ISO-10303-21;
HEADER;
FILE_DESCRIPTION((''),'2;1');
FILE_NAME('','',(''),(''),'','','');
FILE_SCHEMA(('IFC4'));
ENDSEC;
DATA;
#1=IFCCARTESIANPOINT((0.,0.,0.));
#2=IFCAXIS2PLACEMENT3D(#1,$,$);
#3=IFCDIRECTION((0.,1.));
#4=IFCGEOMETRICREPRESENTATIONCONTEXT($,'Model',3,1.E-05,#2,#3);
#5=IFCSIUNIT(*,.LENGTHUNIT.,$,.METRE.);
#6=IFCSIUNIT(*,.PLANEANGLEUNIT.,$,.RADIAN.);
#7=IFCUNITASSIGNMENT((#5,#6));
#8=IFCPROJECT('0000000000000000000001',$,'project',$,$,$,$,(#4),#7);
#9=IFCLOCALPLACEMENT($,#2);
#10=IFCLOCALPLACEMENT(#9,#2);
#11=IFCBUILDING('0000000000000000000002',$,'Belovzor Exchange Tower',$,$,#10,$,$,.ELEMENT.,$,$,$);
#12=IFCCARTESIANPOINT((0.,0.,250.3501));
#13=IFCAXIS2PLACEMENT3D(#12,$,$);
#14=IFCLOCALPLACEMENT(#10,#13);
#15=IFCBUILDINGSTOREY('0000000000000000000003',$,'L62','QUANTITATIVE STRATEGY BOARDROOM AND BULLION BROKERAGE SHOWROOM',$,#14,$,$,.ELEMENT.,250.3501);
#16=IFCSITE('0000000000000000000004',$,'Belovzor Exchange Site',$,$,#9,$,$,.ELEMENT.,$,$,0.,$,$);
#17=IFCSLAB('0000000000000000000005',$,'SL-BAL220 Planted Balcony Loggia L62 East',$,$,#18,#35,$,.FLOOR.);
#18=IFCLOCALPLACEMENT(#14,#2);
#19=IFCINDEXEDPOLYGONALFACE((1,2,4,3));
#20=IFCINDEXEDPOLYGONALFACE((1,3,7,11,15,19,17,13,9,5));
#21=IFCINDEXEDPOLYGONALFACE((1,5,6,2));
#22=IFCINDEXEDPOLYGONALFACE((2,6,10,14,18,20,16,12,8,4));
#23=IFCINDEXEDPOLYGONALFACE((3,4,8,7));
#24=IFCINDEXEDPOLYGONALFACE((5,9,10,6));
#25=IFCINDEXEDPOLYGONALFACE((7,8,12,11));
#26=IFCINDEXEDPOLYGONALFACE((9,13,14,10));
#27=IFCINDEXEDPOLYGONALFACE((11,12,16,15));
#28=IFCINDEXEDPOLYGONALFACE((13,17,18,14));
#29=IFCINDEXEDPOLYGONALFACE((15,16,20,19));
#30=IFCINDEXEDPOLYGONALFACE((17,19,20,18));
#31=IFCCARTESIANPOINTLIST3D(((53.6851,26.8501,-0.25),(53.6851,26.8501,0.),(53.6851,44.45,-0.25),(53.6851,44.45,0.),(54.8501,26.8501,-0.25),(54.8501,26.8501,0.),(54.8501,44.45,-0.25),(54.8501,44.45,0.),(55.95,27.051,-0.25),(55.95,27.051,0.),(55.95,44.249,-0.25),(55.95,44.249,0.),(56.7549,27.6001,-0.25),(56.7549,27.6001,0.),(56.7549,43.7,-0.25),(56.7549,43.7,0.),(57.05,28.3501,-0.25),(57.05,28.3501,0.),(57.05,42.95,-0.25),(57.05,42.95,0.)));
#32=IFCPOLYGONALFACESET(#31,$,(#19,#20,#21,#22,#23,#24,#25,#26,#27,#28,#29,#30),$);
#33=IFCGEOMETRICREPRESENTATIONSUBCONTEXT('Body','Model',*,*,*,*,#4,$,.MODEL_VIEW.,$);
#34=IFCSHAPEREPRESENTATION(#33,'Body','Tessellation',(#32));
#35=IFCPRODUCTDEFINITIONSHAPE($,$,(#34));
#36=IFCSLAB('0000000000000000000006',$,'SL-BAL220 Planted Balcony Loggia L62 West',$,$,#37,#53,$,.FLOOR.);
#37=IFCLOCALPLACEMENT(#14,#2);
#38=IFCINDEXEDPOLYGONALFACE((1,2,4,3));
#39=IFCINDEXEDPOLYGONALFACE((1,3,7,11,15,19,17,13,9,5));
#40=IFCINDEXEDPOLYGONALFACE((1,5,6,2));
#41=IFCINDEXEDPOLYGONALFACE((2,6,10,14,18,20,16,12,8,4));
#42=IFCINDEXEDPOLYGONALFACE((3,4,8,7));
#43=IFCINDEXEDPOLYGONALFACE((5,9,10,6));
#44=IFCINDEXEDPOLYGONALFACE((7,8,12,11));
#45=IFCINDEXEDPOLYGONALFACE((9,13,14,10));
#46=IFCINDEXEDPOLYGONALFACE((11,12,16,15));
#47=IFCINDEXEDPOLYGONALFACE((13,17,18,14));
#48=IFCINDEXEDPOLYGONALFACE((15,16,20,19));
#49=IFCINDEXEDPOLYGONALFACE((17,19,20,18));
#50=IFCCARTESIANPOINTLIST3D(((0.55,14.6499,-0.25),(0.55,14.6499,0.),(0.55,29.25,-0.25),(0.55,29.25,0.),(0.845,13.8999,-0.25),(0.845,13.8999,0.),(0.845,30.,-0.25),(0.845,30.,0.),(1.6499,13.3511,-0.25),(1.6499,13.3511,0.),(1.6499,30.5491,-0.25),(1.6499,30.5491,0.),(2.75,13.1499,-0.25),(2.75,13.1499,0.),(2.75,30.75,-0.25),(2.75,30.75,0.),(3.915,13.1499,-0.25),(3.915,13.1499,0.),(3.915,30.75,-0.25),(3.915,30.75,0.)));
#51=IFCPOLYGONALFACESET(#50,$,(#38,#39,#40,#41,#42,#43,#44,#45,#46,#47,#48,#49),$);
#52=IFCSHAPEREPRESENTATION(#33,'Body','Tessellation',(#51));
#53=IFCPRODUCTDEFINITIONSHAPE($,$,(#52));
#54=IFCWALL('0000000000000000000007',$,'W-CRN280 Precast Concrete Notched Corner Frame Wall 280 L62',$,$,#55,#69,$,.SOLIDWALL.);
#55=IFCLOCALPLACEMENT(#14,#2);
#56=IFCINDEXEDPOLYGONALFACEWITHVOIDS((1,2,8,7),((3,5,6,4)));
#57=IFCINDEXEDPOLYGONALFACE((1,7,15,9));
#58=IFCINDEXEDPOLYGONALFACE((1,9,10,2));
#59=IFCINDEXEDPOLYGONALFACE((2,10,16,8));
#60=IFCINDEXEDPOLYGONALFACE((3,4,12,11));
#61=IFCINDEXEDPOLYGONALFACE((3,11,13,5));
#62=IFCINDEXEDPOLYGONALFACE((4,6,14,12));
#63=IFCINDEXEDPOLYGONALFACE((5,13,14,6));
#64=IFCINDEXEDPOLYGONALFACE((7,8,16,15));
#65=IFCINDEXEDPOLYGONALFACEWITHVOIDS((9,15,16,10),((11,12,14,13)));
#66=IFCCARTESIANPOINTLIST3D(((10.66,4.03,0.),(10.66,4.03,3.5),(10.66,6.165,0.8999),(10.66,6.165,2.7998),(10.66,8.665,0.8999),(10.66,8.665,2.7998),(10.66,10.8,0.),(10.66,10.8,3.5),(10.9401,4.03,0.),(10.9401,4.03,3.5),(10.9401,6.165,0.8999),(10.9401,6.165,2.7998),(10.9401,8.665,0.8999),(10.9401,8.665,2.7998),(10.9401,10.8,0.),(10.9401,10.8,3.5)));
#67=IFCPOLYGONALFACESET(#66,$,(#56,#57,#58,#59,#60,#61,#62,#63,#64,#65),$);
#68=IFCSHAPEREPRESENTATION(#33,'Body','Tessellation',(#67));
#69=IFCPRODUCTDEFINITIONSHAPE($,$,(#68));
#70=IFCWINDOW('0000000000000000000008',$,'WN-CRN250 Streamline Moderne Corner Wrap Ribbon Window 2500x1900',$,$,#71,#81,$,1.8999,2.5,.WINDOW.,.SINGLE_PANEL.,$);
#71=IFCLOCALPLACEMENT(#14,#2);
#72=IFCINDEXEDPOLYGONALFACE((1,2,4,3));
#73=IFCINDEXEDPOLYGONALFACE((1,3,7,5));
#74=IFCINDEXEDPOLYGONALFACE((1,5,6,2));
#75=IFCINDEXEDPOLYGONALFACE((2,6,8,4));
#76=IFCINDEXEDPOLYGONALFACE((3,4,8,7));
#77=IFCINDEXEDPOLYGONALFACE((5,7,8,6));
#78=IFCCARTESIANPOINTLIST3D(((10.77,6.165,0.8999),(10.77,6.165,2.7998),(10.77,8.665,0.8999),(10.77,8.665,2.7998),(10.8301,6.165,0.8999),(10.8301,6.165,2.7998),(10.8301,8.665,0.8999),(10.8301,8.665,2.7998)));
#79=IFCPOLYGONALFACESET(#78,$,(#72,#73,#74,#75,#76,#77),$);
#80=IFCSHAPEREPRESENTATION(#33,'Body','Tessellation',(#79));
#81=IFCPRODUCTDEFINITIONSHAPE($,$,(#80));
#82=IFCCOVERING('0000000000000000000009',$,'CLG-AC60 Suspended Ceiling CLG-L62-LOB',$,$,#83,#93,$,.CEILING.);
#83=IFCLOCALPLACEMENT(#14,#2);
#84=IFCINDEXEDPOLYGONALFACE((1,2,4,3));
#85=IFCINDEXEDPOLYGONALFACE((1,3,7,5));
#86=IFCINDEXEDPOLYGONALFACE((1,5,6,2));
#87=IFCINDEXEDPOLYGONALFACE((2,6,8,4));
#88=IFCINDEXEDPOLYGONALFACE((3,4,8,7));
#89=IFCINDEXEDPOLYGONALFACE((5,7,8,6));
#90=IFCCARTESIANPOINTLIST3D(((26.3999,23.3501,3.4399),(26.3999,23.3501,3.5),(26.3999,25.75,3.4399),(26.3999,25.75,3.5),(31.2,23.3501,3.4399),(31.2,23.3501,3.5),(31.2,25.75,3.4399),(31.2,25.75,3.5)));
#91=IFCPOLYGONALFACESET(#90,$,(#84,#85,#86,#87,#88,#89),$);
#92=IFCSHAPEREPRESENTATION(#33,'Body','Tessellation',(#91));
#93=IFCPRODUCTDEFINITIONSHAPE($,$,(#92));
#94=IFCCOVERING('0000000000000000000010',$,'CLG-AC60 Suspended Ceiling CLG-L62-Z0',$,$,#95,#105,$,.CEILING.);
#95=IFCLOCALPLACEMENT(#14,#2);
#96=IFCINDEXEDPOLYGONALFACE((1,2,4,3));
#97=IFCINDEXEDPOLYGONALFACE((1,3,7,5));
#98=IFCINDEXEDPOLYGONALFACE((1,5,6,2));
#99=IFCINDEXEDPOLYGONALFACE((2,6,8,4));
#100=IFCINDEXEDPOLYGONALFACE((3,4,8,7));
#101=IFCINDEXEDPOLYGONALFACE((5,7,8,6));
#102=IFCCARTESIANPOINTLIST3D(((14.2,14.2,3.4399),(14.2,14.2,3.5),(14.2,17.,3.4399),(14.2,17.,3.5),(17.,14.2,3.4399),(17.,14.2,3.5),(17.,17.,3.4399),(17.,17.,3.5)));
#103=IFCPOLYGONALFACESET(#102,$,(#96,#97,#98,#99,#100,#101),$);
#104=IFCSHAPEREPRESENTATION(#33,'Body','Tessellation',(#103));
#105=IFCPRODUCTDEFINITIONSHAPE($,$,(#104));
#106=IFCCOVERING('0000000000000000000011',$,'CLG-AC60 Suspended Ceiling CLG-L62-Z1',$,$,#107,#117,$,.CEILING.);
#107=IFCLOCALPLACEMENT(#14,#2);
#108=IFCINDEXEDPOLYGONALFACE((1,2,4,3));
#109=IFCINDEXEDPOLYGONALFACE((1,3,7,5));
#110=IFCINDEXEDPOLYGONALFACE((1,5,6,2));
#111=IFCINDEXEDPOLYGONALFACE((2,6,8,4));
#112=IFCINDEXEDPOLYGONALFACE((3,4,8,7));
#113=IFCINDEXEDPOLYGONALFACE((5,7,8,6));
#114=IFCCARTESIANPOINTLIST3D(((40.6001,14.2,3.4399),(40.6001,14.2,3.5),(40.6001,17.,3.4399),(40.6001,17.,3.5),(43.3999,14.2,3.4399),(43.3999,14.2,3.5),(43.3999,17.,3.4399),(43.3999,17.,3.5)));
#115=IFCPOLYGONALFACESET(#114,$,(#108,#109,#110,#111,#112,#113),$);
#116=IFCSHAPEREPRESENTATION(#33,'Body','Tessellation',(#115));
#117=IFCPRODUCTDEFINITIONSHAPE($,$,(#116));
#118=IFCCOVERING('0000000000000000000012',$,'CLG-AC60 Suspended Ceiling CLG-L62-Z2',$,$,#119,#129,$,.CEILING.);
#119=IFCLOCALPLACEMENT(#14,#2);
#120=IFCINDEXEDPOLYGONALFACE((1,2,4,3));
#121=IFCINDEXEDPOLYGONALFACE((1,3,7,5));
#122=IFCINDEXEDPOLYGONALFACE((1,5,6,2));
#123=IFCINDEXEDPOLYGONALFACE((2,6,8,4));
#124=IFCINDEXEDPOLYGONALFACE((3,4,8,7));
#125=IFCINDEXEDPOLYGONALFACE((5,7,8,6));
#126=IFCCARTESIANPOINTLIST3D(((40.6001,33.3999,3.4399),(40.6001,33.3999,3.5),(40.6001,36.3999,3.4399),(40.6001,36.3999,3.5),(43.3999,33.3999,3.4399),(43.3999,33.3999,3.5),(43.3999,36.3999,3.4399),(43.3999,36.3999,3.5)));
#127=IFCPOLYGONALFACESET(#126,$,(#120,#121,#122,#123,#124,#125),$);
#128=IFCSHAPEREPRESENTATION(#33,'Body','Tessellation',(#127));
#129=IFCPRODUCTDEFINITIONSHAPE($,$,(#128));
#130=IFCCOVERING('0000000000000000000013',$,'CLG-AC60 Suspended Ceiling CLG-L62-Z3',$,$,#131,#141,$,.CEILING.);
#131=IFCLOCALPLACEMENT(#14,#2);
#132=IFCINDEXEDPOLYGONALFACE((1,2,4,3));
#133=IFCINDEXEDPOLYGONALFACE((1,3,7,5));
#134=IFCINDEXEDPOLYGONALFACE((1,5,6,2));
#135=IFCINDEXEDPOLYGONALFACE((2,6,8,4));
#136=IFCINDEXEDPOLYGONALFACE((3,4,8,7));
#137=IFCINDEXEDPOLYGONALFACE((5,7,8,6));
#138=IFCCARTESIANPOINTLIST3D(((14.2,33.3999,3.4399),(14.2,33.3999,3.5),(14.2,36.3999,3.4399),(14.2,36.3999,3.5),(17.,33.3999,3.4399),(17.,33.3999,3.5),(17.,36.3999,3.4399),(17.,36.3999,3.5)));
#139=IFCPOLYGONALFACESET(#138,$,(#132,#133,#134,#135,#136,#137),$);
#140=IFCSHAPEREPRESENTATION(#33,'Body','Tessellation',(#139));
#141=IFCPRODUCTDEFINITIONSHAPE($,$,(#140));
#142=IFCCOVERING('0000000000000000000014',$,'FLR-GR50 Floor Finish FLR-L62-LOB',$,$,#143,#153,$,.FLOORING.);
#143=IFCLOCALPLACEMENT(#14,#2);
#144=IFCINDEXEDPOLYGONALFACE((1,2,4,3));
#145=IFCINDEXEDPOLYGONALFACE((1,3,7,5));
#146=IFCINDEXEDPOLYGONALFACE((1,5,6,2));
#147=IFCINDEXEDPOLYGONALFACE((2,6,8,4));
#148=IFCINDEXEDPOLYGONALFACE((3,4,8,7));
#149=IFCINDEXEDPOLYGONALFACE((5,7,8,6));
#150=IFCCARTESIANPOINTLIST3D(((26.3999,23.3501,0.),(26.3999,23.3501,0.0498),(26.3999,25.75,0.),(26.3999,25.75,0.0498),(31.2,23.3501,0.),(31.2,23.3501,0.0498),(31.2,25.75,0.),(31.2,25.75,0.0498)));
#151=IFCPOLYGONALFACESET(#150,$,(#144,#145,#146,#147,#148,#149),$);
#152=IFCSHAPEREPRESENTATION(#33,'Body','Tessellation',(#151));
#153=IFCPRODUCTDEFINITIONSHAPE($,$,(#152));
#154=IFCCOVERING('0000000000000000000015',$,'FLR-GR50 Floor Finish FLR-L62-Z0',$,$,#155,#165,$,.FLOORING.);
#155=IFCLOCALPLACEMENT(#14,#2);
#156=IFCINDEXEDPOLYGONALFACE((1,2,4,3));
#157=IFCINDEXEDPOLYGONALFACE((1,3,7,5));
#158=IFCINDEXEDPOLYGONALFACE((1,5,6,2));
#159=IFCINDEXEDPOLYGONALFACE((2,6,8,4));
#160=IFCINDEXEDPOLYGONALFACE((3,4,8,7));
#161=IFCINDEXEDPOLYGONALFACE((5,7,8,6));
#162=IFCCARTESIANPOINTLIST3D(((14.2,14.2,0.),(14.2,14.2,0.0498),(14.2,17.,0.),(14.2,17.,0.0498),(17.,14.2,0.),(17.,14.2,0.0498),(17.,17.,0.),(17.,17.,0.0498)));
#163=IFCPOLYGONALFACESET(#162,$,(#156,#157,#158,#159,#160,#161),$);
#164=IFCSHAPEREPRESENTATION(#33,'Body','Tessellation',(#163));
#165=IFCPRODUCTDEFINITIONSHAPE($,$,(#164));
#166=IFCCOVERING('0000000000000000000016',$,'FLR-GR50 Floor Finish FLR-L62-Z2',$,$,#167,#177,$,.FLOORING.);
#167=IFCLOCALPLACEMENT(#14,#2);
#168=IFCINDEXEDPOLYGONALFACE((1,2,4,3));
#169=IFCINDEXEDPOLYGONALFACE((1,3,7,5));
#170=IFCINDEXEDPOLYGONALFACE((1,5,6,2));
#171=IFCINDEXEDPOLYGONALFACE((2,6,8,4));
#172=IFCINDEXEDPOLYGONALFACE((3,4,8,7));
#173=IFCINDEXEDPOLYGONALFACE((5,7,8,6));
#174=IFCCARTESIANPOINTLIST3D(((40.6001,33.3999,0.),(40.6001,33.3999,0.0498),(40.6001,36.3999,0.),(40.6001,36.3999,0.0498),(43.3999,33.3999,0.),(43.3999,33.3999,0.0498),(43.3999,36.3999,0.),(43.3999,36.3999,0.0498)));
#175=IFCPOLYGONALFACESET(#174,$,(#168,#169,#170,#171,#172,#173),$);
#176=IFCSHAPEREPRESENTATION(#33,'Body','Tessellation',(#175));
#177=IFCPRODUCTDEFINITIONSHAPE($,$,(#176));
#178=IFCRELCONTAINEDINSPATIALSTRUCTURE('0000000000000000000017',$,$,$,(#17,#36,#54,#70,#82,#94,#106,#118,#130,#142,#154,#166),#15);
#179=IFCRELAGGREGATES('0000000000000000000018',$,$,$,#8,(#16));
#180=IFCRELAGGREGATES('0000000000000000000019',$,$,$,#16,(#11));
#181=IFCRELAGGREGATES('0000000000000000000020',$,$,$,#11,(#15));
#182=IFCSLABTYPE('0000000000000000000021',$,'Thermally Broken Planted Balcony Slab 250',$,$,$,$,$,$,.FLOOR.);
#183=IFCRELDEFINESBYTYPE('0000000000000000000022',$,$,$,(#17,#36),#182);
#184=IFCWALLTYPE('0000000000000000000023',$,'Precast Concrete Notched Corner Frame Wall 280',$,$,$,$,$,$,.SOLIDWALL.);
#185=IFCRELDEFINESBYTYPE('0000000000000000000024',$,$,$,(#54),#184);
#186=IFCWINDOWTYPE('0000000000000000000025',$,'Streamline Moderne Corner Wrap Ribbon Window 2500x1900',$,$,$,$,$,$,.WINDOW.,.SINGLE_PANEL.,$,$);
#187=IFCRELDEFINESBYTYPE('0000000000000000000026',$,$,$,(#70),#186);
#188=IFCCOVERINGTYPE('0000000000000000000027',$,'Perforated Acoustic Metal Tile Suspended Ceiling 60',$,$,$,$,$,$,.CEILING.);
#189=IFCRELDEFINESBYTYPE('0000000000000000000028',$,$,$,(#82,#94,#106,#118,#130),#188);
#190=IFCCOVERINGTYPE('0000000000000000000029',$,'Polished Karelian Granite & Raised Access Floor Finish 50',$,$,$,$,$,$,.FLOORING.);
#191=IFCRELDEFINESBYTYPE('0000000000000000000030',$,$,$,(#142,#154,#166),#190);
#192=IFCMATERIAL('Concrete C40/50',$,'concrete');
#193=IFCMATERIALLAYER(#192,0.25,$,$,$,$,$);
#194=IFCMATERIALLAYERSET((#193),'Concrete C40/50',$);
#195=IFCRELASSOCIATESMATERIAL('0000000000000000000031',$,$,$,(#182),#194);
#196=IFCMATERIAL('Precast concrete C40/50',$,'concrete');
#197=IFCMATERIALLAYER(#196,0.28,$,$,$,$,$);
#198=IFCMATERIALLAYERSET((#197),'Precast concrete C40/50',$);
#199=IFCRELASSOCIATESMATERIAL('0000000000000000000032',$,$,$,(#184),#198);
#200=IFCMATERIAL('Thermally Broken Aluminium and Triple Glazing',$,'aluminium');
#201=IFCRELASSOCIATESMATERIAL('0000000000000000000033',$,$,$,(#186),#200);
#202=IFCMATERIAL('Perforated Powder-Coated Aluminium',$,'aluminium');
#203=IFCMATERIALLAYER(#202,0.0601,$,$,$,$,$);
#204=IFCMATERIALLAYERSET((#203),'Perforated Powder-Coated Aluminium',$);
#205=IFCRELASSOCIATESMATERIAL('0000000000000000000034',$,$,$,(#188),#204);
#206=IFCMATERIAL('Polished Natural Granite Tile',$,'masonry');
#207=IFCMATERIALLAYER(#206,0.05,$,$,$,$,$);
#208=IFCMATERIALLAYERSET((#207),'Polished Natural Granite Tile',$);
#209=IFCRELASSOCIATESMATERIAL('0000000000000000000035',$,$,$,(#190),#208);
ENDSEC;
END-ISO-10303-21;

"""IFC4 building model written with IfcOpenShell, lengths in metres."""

from ifc_helpers import new_model, si_unit, direction, frame, frame_2d, origin, place, context, subcontext, project, spatial, polyline, rectangle, outline, extrude, material, layer, layer_set, type_object, element, fill, save


model = new_model("IFC4")

# Units and contexts
model_context = context("Model", 3, precision=1e-05, world=origin(), true_north=direction((0.0, 1.0)))
body_context = subcontext(model_context, "Body", "Model", "MODEL_VIEW")
ifc_project = project(units=[si_unit("LENGTHUNIT", "METRE"), si_unit("PLANEANGLEUNIT", "RADIAN")], contexts=[model_context])

# Site, building, storey
site_placement = place(None, origin())
site = spatial("IfcSite", under=ifc_project, at=site_placement, Name="Belovzor Exchange Site", CompositionType="ELEMENT", RefElevation=0.0)
building_placement = place(site_placement, origin())
building = spatial("IfcBuilding", under=site, at=building_placement, Name="Belovzor Exchange Tower", CompositionType="ELEMENT")
storey_placement = place(building_placement, frame((0.0, 0.0, 250.3501)))
storey = spatial("IfcBuildingStorey", under=building, at=storey_placement, Name="L62", Description="QUANTITATIVE STRATEGY BOARDROOM AND BULLION BROKERAGE SHOWROOM", CompositionType="ELEMENT", Elevation=250.3501)

# Slabs
ifc_material_1 = material(Name="Concrete C40/50", Category="concrete")
ifc_layer_1 = layer(ifc_material_1, 0.25)
ifc_layer_set_1 = layer_set([ifc_layer_1], Name="Concrete C40/50")
slab_type_1 = type_object("IfcSlabType", Name="Thermally Broken Planted Balcony Slab 250", PredefinedType="FLOOR", material=ifc_layer_set_1)
slab_1_placement = place(storey_placement, frame((0.0, 0.0, -0.25)))
element("IfcSlab", 1, at=slab_1_placement, inside=storey, type_object=slab_type_1, Name="SL-BAL220 Planted Balcony Loggia L62 East", PredefinedType="FLOOR", context=body_context, shape_type="SweptSolid", body=[
    extrude(outline(polyline([(53.6851, 26.8501), (54.8501, 26.8501), (55.95, 27.051), (56.7549, 27.6001), (57.05, 28.3501), (57.05, 42.95), (56.7549, 43.7), (55.95, 44.249), (54.8501, 44.45), (53.6851, 44.45), (53.6851, 26.8501)])), origin(), (0.0, 0.0, 1.0), 0.25),
])
slab_2_placement = place(storey_placement, frame((0.0, 0.0, -0.25)))
element("IfcSlab", 2, at=slab_2_placement, inside=storey, type_object=slab_type_1, Name="SL-BAL220 Planted Balcony Loggia L62 West", PredefinedType="FLOOR", context=body_context, shape_type="SweptSolid", body=[
    extrude(outline(polyline([(3.915, 30.75), (2.75, 30.75), (1.6499, 30.5491), (0.845, 30.0), (0.55, 29.25), (0.55, 14.6499), (0.845, 13.8999), (1.6499, 13.3511), (2.75, 13.1499), (3.915, 13.1499), (3.915, 30.75)])), origin(), (0.0, 0.0, 1.0), 0.25),
])

# Wall, opening, window
ifc_material_2 = material(Name="Precast concrete C40/50", Category="concrete")
ifc_layer_2 = layer(ifc_material_2, 0.28)
ifc_layer_set_2 = layer_set([ifc_layer_2], Name="Precast concrete C40/50")
wall_type = type_object("IfcWallType", Name="Precast Concrete Notched Corner Frame Wall 280", PredefinedType="SOLIDWALL", material=ifc_layer_set_2)
wall_placement = place(storey_placement, frame((10.8, 4.03, 0.0), z_axis=(0.0, 0.0, 1.0), x_axis=(0.0, 1.0, 0.0)))
wall = element("IfcWall", 3, at=wall_placement, inside=storey, type_object=wall_type, Name="W-CRN280 Precast Concrete Notched Corner Frame Wall 280 L62", PredefinedType="SOLIDWALL", context=body_context, shape_type="SweptSolid", body=[
    extrude(rectangle(XDim=6.77, YDim=0.28, at=frame_2d((3.385, 0.0))), origin(), (0.0, 0.0, 1.0), 3.5),
])
opening_placement = place(wall_placement, frame((2.135, 0.0, 0.8999)))
opening = element("IfcOpeningElement", 4, at=opening_placement, cuts=wall, PredefinedType="OPENING", context=body_context, shape_type="SweptSolid", body=[
    extrude(rectangle(XDim=2.5, YDim=1.8999, at=frame_2d((1.25, 0.95))), frame((0.0, 0.1499, 0.0), z_axis=(0.0, -1.0, 0.0), x_axis=(1.0, 0.0, 0.0)), (0.0, 0.0, 1.0), 0.3),
])
ifc_material_3 = material(Name="Thermally Broken Aluminium and Triple Glazing", Category="aluminium")
window_type = type_object("IfcWindowType", Name="Streamline Moderne Corner Wrap Ribbon Window 2500x1900", PartitioningType="SINGLE_PANEL", PredefinedType="WINDOW", material=ifc_material_3)
window_placement = place(opening_placement, origin())
window = element("IfcWindow", 5, at=window_placement, inside=storey, type_object=window_type, Name="WN-CRN250 Streamline Moderne Corner Wrap Ribbon Window 2500x1900", OverallHeight=1.8999, OverallWidth=2.5, PartitioningType="SINGLE_PANEL", PredefinedType="WINDOW", context=body_context, shape_type="SweptSolid", body=[
    extrude(rectangle(XDim=2.5, YDim=1.8999, at=frame_2d((1.25, 0.95))), frame((0.0, 0.03, 0.0), z_axis=(0.0, -1.0, 0.0), x_axis=(1.0, 0.0, 0.0)), (0.0, 0.0, 1.0), 0.0601),
])
fill(opening, window)

# Coverings
ifc_material_4 = material(Name="Perforated Powder-Coated Aluminium", Category="aluminium")
ifc_layer_3 = layer(ifc_material_4, 0.0601)
ifc_layer_set_3 = layer_set([ifc_layer_3], Name="Perforated Powder-Coated Aluminium")
covering_type_1 = type_object("IfcCoveringType", Name="Perforated Acoustic Metal Tile Suspended Ceiling 60", PredefinedType="CEILING", material=ifc_layer_set_3)
covering_1_placement = place(storey_placement, frame((0.0, 0.0, 3.4399)))
element("IfcCovering", 6, at=covering_1_placement, inside=storey, type_object=covering_type_1, Name="CLG-AC60 Suspended Ceiling CLG-L62-LOB", PredefinedType="CEILING", context=body_context, shape_type="SweptSolid", body=[
    extrude(outline(polyline([(26.3999, 23.3501), (31.2, 23.3501), (31.2, 25.75), (26.3999, 25.75), (26.3999, 23.3501)])), origin(), (0.0, 0.0, 1.0), 0.0601),
])
covering_2_placement = place(storey_placement, frame((0.0, 0.0, 3.4399)))
element("IfcCovering", 7, at=covering_2_placement, inside=storey, type_object=covering_type_1, Name="CLG-AC60 Suspended Ceiling CLG-L62-Z0", PredefinedType="CEILING", context=body_context, shape_type="SweptSolid", body=[
    extrude(outline(polyline([(14.2, 14.2), (17.0, 14.2), (17.0, 17.0), (14.2, 17.0), (14.2, 14.2)])), origin(), (0.0, 0.0, 1.0), 0.0601),
])
covering_3_placement = place(storey_placement, frame((0.0, 0.0, 3.4399)))
element("IfcCovering", 8, at=covering_3_placement, inside=storey, type_object=covering_type_1, Name="CLG-AC60 Suspended Ceiling CLG-L62-Z1", PredefinedType="CEILING", context=body_context, shape_type="SweptSolid", body=[
    extrude(outline(polyline([(40.6001, 14.2), (43.3999, 14.2), (43.3999, 17.0), (40.6001, 17.0), (40.6001, 14.2)])), origin(), (0.0, 0.0, 1.0), 0.0601),
])
covering_4_placement = place(storey_placement, frame((0.0, 0.0, 3.4399)))
element("IfcCovering", 9, at=covering_4_placement, inside=storey, type_object=covering_type_1, Name="CLG-AC60 Suspended Ceiling CLG-L62-Z2", PredefinedType="CEILING", context=body_context, shape_type="SweptSolid", body=[
    extrude(outline(polyline([(40.6001, 33.3999), (43.3999, 33.3999), (43.3999, 36.3999), (40.6001, 36.3999), (40.6001, 33.3999)])), origin(), (0.0, 0.0, 1.0), 0.0601),
])
covering_5_placement = place(storey_placement, frame((0.0, 0.0, 3.4399)))
element("IfcCovering", 10, at=covering_5_placement, inside=storey, type_object=covering_type_1, Name="CLG-AC60 Suspended Ceiling CLG-L62-Z3", PredefinedType="CEILING", context=body_context, shape_type="SweptSolid", body=[
    extrude(outline(polyline([(14.2, 33.3999), (17.0, 33.3999), (17.0, 36.3999), (14.2, 36.3999), (14.2, 33.3999)])), origin(), (0.0, 0.0, 1.0), 0.0601),
])
ifc_material_5 = material(Name="Polished Natural Granite Tile", Category="masonry")
ifc_layer_4 = layer(ifc_material_5, 0.05)
ifc_layer_set_4 = layer_set([ifc_layer_4], Name="Polished Natural Granite Tile")
covering_type_2 = type_object("IfcCoveringType", Name="Polished Karelian Granite & Raised Access Floor Finish 50", PredefinedType="FLOORING", material=ifc_layer_set_4)
covering_6_placement = place(storey_placement, origin())
element("IfcCovering", 11, at=covering_6_placement, inside=storey, type_object=covering_type_2, Name="FLR-GR50 Floor Finish FLR-L62-LOB", PredefinedType="FLOORING", context=body_context, shape_type="SweptSolid", body=[
    extrude(outline(polyline([(26.3999, 23.3501), (31.2, 23.3501), (31.2, 25.75), (26.3999, 25.75), (26.3999, 23.3501)])), origin(), (0.0, 0.0, 1.0), 0.0498),
])
covering_7_placement = place(storey_placement, origin())
element("IfcCovering", 12, at=covering_7_placement, inside=storey, type_object=covering_type_2, Name="FLR-GR50 Floor Finish FLR-L62-Z0", PredefinedType="FLOORING", context=body_context, shape_type="SweptSolid", body=[
    extrude(outline(polyline([(14.2, 14.2), (17.0, 14.2), (17.0, 17.0), (14.2, 17.0), (14.2, 14.2)])), origin(), (0.0, 0.0, 1.0), 0.0498),
])
covering_8_placement = place(storey_placement, origin())
element("IfcCovering", 13, at=covering_8_placement, inside=storey, type_object=covering_type_2, Name="FLR-GR50 Floor Finish FLR-L62-Z2", PredefinedType="FLOORING", context=body_context, shape_type="SweptSolid", body=[
    extrude(outline(polyline([(40.6001, 33.3999), (43.3999, 33.3999), (43.3999, 36.3999), (40.6001, 36.3999), (40.6001, 33.3999)])), origin(), (0.0, 0.0, 1.0), 0.0498),
])

save(model, "model.ifc")
